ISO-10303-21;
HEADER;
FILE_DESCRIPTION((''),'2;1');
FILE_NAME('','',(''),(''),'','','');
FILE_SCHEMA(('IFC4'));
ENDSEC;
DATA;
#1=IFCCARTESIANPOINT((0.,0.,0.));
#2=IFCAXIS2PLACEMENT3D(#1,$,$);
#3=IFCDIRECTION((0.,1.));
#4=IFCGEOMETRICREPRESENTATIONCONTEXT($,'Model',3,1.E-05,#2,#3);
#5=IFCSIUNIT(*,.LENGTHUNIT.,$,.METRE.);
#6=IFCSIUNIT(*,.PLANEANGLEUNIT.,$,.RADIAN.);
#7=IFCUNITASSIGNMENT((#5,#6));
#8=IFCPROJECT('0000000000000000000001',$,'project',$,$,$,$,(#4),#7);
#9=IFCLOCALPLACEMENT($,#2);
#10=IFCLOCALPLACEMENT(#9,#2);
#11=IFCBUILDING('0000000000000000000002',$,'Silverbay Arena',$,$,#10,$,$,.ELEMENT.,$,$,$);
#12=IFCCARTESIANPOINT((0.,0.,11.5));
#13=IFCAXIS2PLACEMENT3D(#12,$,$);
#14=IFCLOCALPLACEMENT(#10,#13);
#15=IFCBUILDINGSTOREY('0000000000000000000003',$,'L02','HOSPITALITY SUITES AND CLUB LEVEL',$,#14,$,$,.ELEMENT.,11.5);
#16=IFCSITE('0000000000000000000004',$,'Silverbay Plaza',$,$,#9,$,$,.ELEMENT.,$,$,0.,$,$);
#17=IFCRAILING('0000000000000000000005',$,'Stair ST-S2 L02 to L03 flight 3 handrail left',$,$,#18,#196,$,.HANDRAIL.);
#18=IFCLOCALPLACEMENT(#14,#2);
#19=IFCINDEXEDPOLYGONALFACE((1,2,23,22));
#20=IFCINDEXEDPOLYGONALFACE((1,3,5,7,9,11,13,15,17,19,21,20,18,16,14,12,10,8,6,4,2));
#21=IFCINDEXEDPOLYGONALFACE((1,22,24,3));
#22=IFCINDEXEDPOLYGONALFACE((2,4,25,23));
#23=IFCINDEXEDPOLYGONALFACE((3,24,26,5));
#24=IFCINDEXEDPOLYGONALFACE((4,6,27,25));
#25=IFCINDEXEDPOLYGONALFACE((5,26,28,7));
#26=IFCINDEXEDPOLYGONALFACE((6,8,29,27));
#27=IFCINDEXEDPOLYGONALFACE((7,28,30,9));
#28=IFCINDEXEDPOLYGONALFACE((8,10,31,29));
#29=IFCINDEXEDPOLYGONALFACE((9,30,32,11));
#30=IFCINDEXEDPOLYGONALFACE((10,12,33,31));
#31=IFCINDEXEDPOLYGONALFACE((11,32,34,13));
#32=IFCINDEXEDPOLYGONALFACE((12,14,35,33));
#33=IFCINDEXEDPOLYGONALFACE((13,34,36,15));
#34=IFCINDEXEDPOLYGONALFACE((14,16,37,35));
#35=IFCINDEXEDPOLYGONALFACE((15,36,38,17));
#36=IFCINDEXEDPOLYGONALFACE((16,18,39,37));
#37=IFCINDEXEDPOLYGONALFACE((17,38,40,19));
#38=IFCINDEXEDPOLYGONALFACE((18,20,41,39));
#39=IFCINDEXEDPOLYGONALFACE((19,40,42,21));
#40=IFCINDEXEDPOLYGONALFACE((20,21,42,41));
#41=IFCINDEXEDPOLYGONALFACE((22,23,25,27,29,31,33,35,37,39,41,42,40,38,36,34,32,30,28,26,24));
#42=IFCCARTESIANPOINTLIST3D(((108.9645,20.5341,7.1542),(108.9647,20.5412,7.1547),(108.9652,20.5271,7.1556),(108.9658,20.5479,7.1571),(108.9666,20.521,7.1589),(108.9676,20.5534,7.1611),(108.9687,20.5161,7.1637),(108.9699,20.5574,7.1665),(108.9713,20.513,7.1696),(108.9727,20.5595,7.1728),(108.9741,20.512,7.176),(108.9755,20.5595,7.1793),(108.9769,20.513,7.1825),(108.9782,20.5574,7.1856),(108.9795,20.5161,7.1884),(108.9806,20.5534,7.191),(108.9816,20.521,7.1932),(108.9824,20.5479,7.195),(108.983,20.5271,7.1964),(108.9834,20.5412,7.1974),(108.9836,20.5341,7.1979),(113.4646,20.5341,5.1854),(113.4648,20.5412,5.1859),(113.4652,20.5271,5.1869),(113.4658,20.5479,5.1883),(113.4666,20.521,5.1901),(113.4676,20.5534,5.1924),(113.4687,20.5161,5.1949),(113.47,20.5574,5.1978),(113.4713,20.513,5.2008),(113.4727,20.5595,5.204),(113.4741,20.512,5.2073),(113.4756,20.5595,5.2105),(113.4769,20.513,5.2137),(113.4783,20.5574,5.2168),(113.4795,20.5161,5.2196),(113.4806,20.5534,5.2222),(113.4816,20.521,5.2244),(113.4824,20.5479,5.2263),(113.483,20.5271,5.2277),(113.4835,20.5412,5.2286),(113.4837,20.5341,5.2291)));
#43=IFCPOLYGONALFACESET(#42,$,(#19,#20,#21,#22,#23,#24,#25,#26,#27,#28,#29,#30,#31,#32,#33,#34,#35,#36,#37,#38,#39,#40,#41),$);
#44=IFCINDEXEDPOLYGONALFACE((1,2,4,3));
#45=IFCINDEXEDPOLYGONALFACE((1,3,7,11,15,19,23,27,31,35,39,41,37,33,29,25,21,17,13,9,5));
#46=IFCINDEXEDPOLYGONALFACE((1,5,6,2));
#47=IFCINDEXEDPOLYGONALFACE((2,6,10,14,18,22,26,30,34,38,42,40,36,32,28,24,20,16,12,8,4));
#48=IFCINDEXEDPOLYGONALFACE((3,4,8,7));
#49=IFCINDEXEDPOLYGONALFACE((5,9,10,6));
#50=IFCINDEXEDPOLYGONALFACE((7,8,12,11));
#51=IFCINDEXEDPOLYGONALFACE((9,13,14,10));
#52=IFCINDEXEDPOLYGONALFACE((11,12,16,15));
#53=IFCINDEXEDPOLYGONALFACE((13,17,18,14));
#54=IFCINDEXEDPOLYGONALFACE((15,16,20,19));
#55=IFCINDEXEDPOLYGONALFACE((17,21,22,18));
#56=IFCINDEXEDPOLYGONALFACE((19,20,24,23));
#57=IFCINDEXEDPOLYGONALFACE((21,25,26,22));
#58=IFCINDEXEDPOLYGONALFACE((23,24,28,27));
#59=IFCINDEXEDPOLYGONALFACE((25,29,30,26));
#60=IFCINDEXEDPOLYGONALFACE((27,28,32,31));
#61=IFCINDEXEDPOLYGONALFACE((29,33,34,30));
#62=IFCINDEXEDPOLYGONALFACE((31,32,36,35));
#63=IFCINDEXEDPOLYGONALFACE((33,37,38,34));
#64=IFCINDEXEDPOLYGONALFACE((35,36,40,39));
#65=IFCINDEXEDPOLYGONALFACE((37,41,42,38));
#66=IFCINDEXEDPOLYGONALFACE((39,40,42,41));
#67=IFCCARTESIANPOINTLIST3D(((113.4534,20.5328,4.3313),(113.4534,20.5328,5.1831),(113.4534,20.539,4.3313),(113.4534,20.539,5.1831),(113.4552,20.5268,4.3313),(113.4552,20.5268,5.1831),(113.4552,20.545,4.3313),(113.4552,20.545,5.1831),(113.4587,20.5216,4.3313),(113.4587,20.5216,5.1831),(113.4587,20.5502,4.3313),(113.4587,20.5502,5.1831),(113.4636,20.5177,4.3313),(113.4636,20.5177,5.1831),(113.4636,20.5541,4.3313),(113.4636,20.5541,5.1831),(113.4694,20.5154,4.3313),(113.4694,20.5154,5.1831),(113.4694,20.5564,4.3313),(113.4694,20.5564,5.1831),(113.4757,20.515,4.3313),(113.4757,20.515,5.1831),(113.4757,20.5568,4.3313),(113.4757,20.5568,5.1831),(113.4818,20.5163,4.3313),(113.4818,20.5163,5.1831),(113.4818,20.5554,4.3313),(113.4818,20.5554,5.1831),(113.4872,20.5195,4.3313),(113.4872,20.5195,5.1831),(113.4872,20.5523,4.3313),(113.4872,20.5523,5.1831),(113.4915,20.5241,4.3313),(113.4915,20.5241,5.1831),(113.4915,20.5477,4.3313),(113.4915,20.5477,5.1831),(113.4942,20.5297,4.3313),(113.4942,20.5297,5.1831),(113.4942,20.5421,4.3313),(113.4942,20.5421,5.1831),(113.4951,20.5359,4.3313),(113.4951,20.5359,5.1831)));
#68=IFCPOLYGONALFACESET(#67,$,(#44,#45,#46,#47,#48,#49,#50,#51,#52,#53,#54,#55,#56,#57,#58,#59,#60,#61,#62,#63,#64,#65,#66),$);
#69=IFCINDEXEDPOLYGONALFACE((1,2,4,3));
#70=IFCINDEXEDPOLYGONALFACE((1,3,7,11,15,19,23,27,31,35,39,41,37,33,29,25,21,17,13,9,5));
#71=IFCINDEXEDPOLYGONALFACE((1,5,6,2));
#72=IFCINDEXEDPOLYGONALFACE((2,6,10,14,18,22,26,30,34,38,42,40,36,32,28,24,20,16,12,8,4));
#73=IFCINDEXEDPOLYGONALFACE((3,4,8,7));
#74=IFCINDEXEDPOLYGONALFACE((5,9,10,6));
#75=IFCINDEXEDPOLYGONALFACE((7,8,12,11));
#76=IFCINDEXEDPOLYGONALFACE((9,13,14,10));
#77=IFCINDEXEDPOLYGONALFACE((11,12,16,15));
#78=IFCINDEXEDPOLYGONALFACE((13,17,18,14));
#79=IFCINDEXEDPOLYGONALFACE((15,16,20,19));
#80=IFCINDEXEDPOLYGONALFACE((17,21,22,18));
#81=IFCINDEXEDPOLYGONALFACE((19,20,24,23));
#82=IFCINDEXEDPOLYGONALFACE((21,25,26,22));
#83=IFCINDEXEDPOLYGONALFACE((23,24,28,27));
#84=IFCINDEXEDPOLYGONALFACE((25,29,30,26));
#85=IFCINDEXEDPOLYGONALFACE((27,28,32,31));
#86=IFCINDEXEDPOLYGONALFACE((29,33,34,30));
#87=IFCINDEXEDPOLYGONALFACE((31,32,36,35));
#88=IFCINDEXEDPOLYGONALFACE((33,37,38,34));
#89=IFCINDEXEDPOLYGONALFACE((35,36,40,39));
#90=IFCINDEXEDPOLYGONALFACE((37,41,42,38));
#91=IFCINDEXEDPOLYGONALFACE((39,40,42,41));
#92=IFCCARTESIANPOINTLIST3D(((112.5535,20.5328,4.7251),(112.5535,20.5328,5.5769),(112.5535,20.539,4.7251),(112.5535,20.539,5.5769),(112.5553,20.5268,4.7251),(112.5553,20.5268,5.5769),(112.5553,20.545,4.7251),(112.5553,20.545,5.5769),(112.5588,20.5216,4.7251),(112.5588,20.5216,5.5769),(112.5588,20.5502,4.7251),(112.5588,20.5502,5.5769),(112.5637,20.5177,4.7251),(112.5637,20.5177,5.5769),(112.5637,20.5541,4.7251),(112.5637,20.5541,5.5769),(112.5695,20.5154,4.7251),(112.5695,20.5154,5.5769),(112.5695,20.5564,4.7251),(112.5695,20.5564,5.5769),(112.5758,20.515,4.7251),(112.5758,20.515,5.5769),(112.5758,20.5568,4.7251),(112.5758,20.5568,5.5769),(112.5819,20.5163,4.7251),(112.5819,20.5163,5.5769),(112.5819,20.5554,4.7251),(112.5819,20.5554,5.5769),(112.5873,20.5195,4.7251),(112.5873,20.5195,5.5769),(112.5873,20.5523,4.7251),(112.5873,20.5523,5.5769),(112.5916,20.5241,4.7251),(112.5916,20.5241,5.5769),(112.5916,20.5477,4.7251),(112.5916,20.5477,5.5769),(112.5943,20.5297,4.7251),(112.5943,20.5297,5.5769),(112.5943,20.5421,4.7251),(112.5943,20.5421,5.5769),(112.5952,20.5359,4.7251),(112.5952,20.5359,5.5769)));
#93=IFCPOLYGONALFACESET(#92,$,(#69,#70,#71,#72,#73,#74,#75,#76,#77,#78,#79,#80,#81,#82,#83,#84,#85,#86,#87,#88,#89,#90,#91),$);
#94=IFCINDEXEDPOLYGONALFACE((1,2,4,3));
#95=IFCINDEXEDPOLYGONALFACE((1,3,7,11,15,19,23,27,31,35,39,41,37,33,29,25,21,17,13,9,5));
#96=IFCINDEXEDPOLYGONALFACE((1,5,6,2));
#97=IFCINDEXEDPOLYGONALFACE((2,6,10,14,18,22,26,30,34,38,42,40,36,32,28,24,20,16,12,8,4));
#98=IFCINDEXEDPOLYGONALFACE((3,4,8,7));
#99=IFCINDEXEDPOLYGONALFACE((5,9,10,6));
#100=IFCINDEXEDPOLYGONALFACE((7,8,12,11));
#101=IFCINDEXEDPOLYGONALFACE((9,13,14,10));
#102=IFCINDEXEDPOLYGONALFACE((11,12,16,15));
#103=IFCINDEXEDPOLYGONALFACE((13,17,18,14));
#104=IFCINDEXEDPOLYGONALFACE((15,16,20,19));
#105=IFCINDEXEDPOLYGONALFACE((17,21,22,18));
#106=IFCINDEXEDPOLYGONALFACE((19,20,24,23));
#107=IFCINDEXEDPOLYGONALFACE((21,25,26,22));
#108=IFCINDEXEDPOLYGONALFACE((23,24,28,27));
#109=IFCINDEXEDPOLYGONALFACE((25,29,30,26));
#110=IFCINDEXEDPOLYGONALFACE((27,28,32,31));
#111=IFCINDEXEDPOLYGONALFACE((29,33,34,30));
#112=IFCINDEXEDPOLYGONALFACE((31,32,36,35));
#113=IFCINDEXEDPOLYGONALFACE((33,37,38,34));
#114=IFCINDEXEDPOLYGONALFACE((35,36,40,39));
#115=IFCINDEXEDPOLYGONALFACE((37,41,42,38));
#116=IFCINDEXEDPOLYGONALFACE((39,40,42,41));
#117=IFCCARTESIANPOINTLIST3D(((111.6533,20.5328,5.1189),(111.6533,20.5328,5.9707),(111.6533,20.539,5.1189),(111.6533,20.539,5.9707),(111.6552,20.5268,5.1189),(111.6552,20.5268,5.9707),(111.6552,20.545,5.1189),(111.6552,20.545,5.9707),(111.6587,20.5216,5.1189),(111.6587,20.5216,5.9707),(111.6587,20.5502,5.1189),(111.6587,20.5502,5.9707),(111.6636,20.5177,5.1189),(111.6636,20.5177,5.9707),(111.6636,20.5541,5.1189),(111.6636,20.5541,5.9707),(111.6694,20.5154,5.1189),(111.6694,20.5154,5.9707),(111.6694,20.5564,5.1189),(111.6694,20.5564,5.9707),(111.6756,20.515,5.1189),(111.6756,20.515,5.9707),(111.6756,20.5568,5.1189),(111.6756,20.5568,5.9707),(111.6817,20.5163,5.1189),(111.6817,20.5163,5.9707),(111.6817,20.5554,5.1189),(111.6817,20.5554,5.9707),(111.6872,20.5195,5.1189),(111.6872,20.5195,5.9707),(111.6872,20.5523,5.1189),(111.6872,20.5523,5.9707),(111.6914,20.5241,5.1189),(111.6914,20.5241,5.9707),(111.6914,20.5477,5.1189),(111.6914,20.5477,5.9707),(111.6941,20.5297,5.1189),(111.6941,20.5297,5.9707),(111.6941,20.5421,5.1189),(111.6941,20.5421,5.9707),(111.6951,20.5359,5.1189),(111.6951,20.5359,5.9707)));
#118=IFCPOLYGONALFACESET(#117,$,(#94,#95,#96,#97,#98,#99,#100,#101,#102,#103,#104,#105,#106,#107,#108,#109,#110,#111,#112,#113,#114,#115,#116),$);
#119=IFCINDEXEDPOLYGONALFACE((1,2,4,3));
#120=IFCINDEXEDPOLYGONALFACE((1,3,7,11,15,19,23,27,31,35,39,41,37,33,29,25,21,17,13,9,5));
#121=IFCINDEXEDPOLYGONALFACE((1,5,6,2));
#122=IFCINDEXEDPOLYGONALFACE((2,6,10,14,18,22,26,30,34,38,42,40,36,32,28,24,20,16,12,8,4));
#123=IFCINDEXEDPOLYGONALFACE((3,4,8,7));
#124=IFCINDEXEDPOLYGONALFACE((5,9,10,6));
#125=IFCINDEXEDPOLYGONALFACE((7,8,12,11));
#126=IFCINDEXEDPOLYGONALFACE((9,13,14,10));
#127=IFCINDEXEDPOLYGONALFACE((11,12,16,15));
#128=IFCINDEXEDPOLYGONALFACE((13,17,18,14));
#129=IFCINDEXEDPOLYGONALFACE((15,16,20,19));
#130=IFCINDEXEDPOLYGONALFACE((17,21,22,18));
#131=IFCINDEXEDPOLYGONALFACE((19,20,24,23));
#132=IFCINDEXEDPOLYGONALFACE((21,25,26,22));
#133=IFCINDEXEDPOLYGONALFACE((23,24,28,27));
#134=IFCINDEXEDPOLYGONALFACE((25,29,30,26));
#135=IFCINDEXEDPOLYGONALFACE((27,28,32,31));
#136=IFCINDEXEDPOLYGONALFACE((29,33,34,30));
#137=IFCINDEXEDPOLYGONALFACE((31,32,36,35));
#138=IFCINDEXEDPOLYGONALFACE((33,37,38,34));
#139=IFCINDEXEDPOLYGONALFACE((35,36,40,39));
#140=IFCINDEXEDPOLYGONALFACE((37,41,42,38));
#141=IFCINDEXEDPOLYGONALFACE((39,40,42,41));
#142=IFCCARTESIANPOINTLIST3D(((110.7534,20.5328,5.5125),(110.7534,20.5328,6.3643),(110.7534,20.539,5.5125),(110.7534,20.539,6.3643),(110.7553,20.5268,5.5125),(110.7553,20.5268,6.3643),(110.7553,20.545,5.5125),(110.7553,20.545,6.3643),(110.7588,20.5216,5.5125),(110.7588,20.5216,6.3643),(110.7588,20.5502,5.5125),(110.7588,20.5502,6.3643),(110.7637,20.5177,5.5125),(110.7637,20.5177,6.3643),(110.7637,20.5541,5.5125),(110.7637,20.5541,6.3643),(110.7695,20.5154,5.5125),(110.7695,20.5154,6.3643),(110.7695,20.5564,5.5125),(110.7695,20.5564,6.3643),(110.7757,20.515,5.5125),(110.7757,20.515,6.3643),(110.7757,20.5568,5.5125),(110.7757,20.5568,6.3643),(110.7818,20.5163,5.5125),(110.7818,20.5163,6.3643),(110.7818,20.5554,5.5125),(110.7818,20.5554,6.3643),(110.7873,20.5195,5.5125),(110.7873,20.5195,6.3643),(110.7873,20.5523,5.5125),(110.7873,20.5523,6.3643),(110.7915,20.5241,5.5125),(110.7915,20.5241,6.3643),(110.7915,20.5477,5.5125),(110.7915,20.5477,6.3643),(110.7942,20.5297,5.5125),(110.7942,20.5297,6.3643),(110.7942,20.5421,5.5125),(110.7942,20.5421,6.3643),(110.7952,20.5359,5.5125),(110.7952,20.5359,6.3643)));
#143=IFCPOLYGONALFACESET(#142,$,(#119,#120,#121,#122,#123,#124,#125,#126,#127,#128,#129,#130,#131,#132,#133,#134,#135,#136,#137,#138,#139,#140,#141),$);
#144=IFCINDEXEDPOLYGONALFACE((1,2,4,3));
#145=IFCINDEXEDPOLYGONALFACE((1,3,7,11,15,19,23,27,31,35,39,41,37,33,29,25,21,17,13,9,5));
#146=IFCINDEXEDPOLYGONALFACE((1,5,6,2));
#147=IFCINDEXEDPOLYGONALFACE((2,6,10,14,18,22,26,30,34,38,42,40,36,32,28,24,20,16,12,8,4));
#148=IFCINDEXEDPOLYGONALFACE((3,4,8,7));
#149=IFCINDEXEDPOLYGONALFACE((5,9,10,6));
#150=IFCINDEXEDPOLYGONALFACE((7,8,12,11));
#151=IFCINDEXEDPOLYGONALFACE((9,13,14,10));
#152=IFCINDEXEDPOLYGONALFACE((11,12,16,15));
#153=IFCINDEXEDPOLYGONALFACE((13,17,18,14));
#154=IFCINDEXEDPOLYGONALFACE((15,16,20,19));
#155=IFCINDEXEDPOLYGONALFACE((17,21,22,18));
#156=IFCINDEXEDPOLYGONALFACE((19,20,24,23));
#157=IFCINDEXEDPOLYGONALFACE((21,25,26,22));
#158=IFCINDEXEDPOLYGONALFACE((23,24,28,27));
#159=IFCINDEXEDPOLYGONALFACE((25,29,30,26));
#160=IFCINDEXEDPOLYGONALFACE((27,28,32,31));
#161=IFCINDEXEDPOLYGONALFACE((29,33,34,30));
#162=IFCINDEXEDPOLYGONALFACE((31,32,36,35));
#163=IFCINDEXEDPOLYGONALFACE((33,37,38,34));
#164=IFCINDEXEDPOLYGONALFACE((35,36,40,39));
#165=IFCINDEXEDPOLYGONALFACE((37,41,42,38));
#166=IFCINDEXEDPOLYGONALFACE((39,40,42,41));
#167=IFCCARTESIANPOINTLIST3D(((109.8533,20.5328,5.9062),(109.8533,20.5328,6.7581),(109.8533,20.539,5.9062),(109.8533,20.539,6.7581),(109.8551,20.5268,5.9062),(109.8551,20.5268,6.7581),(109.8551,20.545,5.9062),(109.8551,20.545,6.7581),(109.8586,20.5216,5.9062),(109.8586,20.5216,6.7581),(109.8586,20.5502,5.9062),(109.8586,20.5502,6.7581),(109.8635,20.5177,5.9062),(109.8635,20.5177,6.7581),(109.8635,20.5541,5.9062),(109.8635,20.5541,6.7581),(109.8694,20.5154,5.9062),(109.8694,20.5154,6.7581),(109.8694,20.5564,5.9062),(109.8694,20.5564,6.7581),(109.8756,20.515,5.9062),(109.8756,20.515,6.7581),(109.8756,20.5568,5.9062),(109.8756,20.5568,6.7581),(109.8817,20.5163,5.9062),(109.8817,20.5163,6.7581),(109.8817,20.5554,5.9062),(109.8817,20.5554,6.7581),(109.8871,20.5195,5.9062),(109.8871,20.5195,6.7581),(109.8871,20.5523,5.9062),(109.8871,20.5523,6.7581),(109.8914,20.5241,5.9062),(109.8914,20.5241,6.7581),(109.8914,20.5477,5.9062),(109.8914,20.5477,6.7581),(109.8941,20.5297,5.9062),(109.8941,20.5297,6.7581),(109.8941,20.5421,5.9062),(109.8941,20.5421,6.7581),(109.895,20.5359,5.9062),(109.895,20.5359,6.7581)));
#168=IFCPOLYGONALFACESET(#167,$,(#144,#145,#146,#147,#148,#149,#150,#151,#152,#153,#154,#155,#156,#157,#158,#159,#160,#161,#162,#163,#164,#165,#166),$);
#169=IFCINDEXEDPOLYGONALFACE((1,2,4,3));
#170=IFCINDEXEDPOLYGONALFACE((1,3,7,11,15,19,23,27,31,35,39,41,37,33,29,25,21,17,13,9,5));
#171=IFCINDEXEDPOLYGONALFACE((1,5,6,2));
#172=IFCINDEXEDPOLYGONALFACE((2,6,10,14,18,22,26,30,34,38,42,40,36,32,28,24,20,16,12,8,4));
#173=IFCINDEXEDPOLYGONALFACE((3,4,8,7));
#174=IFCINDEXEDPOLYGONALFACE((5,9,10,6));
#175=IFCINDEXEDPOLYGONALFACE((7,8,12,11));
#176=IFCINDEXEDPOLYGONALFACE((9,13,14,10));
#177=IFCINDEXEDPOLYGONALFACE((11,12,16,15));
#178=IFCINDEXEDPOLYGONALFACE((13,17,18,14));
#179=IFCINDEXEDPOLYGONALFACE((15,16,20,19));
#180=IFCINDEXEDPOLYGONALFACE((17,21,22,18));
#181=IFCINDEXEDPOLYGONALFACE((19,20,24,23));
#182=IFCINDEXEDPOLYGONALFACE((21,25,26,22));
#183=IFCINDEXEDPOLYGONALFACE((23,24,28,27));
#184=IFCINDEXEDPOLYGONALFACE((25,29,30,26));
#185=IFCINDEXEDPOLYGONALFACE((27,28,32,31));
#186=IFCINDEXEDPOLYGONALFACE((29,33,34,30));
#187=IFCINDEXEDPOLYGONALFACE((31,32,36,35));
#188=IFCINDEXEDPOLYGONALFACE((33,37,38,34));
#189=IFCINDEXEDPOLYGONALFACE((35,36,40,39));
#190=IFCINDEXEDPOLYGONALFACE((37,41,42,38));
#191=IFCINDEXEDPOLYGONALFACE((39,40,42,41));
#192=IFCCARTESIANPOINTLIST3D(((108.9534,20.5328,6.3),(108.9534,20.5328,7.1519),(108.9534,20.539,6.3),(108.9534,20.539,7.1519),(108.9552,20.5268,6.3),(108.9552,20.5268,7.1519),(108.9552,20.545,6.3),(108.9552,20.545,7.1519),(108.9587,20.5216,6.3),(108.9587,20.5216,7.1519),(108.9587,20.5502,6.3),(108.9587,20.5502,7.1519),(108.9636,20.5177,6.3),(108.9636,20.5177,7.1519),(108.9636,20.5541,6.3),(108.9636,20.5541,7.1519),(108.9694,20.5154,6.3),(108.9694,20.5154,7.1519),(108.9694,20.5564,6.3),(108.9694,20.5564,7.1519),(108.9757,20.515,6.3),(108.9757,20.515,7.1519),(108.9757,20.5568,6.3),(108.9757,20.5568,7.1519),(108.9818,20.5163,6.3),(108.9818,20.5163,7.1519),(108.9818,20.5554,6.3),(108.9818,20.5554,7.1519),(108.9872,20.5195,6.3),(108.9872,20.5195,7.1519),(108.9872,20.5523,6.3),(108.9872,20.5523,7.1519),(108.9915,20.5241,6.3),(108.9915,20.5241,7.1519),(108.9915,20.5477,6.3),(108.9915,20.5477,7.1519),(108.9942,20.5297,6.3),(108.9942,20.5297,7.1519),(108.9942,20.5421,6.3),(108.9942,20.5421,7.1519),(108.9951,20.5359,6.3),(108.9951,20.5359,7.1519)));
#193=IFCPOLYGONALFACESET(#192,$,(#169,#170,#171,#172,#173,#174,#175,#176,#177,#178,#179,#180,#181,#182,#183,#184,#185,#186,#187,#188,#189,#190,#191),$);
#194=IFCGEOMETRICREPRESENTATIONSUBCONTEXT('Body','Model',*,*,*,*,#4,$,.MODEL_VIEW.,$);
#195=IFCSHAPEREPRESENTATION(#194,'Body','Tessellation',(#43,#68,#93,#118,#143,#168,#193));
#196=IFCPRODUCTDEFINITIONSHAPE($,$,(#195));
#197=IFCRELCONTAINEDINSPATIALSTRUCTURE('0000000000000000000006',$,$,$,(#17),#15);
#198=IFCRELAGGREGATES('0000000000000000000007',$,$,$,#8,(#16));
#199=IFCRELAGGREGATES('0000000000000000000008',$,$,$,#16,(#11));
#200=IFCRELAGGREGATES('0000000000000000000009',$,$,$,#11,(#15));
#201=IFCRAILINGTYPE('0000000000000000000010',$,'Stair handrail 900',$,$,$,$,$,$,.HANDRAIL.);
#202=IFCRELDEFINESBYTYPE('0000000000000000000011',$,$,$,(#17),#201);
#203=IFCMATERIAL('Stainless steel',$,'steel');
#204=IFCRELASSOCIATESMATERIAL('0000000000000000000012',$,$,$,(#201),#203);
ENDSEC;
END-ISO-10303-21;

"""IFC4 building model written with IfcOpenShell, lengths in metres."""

from ifc_helpers import new_model, si_unit, direction, frame, origin, origin_2d, place, context, subcontext, project, spatial, circle, extrude, material, type_object, element, save


model = new_model("IFC4")

# Units and contexts
model_context = context("Model", 3, precision=1e-05, world=origin(), true_north=direction((0.0, 1.0)))
body_context = subcontext(model_context, "Body", "Model", "MODEL_VIEW")
ifc_project = project(units=[si_unit("LENGTHUNIT", "METRE"), si_unit("PLANEANGLEUNIT", "RADIAN")], contexts=[model_context])

# Site, building, storey
site_placement = place(None, origin())
site = spatial("IfcSite", under=ifc_project, at=site_placement, Name="Silverbay Plaza", CompositionType="ELEMENT", RefElevation=0.0)
building_placement = place(site_placement, origin())
building = spatial("IfcBuilding", under=site, at=building_placement, Name="Silverbay Arena", CompositionType="ELEMENT")
storey_placement = place(building_placement, frame((0.0, 0.0, 11.5)))
storey = spatial("IfcBuildingStorey", under=building, at=storey_placement, Name="L02", Description="HOSPITALITY SUITES AND CLUB LEVEL", CompositionType="ELEMENT", Elevation=11.5)

# Railing
ifc_material_1 = material(Name="Stainless steel", Category="steel")
railing_type_1 = type_object("IfcRailingType", Name="Stair handrail 900", PredefinedType="HANDRAIL", material=ifc_material_1)
railing_1_placement = place(storey_placement, frame((113.4741, 20.5359, 4.3313)))
element("IfcRailing", 1, at=railing_1_placement, inside=storey, type_object=railing_type_1, Name="Stair ST-S2 L02 to L03 flight 3 handrail left", PredefinedType="HANDRAIL", context=body_context, shape_type="SweptSolid", body=[
    extrude(circle(Radius=0.0239, at=origin_2d()), frame((0.0, 0.0, 0.876), z_axis=(-0.916157, 0.0, 0.400819), x_axis=(0.0, -1.0, 0.0)), (0.0, 0.0, 1.0), 4.9119),
    extrude(circle(Radius=0.021, at=origin_2d()), origin(), (0.0, 0.0, 1.0), 0.8518),
    extrude(circle(Radius=0.021, at=origin_2d()), frame((-0.8999, 0.0, 0.3938)), (0.0, 0.0, 1.0), 0.8518),
    extrude(circle(Radius=0.021, at=origin_2d()), frame((-1.8, 0.0, 0.7876)), (0.0, 0.0, 1.0), 0.8518),
    extrude(circle(Radius=0.021, at=origin_2d()), frame((-2.7, 0.0, 1.1812)), (0.0, 0.0, 1.0), 0.8518),
    extrude(circle(Radius=0.021, at=origin_2d()), frame((-3.6001, 0.0, 1.575)), (0.0, 0.0, 1.0), 0.8518),
    extrude(circle(Radius=0.021, at=origin_2d()), frame((-4.5, 0.0, 1.9688)), (0.0, 0.0, 1.0), 0.8518),
])

save(model, "model.ifc")
